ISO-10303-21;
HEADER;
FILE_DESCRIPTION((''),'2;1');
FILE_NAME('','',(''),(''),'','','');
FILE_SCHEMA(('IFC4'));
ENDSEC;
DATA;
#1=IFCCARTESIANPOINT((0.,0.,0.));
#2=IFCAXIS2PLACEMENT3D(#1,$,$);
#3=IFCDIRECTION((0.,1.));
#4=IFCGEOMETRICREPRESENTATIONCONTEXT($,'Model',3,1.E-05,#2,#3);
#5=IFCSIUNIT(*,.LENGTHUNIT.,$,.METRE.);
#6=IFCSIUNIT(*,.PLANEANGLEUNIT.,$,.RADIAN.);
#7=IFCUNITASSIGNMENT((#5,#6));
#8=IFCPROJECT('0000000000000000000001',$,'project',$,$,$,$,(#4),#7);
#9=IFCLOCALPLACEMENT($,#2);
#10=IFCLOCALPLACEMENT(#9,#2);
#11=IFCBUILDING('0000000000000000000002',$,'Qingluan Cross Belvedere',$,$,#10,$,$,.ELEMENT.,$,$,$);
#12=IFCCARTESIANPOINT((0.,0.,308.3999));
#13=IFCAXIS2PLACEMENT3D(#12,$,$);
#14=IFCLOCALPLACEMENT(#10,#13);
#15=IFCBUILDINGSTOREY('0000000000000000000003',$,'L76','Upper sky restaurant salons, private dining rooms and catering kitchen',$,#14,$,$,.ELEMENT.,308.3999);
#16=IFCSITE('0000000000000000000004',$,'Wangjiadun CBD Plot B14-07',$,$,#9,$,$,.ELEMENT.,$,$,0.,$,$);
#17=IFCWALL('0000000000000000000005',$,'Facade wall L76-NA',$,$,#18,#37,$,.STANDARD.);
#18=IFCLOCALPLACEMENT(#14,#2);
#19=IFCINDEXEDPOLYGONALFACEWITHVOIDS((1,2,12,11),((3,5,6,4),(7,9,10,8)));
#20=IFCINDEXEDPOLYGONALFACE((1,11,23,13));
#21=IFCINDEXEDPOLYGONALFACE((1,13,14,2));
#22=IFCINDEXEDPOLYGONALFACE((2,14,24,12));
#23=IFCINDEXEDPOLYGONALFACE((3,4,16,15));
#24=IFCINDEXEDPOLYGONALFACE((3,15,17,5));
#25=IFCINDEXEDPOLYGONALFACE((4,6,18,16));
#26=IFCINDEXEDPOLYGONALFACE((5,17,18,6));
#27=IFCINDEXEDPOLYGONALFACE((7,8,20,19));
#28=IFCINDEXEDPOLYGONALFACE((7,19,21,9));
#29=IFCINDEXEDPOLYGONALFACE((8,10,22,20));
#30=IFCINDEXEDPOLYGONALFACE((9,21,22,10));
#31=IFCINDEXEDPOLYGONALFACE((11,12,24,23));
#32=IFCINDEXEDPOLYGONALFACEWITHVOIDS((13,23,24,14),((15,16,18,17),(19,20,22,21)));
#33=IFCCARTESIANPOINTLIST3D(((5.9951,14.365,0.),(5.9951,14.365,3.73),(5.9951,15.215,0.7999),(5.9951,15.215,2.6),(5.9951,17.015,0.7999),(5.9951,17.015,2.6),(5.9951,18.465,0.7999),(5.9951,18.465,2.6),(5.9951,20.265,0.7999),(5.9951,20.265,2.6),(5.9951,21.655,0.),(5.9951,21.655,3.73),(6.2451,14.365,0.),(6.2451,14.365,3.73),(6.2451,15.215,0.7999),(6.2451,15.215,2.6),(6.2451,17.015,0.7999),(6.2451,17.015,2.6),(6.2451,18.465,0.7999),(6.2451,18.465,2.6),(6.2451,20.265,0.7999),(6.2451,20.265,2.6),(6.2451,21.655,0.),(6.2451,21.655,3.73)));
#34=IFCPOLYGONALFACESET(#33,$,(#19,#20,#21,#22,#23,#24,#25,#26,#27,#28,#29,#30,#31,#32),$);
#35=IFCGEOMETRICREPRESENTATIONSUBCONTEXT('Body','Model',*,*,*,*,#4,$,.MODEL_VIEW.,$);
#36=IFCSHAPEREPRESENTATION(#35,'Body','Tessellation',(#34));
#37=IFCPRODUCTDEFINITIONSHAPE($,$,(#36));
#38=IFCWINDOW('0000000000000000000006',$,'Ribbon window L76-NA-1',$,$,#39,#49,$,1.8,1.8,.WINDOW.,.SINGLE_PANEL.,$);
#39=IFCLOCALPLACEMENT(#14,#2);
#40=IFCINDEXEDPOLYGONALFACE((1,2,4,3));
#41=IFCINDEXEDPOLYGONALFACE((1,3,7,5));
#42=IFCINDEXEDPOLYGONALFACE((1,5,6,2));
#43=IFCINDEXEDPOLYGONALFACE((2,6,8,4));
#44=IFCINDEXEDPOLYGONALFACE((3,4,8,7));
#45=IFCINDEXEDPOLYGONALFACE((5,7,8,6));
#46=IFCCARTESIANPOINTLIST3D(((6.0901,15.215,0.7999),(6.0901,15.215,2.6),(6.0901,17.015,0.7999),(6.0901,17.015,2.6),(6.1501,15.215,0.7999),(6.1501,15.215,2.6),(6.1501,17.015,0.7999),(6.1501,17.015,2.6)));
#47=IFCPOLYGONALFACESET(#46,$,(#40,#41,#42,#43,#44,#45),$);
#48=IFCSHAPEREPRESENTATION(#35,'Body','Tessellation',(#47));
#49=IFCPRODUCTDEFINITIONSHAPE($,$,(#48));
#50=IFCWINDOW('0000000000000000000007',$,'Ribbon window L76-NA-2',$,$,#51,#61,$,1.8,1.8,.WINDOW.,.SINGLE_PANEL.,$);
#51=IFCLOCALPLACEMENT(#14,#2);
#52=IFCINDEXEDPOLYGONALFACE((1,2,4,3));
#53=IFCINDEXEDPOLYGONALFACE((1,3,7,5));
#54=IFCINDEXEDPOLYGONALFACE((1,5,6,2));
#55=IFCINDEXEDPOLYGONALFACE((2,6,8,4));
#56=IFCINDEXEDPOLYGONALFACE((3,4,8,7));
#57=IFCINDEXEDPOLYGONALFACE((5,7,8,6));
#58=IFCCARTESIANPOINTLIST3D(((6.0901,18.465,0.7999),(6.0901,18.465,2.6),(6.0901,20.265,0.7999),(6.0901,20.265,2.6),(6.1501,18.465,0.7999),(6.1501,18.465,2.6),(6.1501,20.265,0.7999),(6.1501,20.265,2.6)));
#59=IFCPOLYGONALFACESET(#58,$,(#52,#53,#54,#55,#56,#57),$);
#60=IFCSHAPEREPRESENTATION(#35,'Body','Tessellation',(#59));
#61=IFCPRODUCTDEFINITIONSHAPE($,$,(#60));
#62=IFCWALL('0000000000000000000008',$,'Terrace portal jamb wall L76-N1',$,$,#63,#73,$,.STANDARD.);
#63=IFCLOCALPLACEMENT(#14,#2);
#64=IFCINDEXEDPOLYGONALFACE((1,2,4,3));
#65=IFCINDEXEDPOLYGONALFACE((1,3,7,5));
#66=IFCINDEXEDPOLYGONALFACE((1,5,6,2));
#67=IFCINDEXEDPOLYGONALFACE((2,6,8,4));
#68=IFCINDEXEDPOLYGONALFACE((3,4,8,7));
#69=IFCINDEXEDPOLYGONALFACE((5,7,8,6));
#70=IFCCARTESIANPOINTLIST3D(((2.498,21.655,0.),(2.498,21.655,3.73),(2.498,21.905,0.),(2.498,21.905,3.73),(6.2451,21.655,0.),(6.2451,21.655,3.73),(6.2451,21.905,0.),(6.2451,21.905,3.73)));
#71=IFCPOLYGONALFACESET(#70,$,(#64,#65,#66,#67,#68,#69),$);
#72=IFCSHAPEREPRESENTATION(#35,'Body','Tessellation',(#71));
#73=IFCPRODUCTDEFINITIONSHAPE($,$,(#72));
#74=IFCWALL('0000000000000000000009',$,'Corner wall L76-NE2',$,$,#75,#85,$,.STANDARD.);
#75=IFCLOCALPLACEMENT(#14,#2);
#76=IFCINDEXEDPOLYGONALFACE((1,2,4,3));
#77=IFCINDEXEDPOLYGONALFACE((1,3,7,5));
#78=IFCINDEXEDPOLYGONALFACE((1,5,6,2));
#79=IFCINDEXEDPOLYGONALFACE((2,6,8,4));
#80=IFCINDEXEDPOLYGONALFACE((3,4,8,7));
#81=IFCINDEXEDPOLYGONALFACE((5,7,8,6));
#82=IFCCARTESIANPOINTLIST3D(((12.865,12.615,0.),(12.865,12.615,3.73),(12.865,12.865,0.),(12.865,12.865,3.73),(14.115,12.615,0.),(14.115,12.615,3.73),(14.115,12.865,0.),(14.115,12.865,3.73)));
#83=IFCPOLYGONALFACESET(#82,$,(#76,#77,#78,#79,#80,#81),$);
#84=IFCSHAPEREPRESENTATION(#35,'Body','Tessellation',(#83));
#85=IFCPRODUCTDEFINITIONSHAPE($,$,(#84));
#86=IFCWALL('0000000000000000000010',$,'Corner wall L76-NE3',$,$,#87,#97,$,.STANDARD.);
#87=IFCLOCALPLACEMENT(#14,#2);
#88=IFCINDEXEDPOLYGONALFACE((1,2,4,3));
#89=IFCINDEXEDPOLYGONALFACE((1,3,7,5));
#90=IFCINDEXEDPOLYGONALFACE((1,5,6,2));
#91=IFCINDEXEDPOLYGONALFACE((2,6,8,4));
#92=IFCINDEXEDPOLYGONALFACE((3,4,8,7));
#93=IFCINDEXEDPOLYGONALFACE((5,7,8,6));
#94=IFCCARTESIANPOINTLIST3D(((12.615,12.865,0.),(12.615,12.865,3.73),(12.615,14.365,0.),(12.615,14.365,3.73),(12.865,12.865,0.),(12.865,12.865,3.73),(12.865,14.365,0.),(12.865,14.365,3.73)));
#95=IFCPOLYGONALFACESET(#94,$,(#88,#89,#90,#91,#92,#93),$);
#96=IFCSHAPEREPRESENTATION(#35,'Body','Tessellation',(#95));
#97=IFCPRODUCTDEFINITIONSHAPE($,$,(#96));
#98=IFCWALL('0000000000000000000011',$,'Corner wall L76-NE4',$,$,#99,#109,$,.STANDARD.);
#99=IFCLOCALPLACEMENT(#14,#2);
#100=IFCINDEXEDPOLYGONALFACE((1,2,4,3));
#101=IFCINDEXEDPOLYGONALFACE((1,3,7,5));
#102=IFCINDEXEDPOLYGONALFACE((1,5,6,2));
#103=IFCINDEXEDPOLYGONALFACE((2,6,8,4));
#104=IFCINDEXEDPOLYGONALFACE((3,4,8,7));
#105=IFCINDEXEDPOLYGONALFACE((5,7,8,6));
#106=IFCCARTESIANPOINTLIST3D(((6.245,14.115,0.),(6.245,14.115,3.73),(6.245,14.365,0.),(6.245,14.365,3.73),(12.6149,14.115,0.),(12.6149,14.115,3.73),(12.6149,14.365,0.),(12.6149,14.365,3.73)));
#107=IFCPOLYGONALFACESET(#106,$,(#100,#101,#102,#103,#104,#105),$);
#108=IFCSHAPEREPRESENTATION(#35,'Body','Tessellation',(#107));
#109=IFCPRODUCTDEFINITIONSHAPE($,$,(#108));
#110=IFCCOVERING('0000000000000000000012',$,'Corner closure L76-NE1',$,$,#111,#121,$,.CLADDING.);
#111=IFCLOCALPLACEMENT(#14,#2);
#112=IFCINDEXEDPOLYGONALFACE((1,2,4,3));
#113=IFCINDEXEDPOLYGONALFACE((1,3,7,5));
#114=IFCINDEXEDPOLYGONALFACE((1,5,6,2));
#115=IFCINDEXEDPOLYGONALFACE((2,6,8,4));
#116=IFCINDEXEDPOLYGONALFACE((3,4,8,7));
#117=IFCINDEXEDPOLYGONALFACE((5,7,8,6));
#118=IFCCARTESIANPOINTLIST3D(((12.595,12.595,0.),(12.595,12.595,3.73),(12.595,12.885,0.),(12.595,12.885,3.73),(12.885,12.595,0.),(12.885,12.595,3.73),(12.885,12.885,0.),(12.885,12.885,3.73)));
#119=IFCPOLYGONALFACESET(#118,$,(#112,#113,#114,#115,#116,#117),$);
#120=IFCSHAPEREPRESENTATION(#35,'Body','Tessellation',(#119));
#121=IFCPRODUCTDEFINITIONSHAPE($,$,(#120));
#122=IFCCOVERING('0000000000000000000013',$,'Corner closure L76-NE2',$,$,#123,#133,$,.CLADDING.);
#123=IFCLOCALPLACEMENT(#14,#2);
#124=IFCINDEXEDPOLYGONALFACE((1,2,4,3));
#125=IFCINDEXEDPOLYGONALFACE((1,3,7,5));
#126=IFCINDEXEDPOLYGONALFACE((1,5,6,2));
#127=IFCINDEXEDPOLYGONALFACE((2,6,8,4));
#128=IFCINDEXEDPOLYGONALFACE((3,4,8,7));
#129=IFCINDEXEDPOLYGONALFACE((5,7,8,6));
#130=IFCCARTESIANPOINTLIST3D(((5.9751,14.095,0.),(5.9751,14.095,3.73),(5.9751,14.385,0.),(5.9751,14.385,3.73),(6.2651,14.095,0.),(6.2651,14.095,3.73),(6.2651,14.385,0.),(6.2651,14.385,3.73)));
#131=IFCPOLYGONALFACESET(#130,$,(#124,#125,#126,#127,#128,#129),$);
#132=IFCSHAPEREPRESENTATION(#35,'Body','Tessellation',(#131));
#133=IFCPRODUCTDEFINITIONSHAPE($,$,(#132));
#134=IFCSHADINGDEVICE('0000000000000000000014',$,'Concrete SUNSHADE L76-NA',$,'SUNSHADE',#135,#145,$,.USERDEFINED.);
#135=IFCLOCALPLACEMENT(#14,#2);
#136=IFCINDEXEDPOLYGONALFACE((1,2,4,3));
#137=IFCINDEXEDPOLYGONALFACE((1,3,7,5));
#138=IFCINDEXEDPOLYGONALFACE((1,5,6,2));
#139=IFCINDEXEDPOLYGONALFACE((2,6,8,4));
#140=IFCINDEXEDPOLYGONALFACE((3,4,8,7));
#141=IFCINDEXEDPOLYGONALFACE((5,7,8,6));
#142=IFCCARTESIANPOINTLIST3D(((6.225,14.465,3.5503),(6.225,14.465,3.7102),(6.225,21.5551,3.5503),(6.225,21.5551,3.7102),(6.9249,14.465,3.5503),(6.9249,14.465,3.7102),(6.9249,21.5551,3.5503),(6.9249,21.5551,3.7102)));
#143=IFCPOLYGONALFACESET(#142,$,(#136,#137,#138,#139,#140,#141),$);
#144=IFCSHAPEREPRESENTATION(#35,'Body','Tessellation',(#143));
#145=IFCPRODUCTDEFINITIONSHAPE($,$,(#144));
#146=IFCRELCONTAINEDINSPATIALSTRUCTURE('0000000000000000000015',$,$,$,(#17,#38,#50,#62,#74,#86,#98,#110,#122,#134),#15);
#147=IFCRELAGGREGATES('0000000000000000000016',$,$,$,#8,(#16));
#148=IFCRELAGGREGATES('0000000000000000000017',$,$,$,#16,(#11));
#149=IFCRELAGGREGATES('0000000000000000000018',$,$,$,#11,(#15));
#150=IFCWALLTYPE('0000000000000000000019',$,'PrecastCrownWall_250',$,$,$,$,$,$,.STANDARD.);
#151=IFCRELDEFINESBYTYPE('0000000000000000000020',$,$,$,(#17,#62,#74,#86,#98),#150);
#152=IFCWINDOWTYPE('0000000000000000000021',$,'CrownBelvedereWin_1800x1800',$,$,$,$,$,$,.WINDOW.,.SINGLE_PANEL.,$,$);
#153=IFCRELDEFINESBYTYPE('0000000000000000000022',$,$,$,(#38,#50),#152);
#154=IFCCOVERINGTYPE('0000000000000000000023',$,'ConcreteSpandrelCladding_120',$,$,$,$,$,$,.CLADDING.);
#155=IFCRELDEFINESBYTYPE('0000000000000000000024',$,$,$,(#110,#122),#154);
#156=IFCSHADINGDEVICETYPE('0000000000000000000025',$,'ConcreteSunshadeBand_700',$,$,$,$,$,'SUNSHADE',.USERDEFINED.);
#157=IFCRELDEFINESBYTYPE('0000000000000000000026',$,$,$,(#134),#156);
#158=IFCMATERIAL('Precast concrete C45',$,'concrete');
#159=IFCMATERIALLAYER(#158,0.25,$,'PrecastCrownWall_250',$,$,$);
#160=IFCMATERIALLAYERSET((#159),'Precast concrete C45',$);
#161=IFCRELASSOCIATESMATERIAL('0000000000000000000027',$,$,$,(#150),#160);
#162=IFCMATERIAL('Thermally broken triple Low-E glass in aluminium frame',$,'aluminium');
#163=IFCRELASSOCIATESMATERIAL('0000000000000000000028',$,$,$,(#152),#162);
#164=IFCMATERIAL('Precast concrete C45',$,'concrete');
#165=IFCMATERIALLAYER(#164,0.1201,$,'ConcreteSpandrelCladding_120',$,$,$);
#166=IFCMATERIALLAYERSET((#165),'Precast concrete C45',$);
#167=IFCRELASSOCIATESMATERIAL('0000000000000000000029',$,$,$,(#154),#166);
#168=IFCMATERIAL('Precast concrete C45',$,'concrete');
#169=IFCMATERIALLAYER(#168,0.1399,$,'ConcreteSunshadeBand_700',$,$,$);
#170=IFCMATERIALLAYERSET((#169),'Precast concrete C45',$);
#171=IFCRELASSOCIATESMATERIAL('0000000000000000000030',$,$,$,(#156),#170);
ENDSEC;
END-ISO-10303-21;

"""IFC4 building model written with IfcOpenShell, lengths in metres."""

from ifc_helpers import new_model, si_unit, direction, frame, frame_2d, origin, origin_2d, place, context, subcontext, project, spatial, rectangle, extrude, material, layer, layer_set, type_object, element, fill, save


model = new_model("IFC4")

# Units and contexts
model_context = context("Model", 3, precision=1e-05, world=origin(), true_north=direction((0.0, 1.0)))
body_context = subcontext(model_context, "Body", "Model", "MODEL_VIEW")
ifc_project = project(units=[si_unit("LENGTHUNIT", "METRE"), si_unit("PLANEANGLEUNIT", "RADIAN")], contexts=[model_context])

# Site, building, storey
site_placement = place(None, origin())
site = spatial("IfcSite", under=ifc_project, at=site_placement, Name="Wangjiadun CBD Plot B14-07", CompositionType="ELEMENT", RefElevation=0.0)
building_placement = place(site_placement, origin())
building = spatial("IfcBuilding", under=site, at=building_placement, Name="Qingluan Cross Belvedere", CompositionType="ELEMENT")
storey_placement = place(building_placement, frame((0.0, 0.0, 308.3999)))
storey = spatial("IfcBuildingStorey", under=building, at=storey_placement, Name="L76", Description="Upper sky restaurant salons, private dining rooms and catering kitchen", CompositionType="ELEMENT", Elevation=308.3999)

# Wall, openings, windows
ifc_material_1 = material(Name="Precast concrete C45", Category="concrete")
ifc_layer_1 = layer(ifc_material_1, 0.25, Name="PrecastCrownWall_250")
ifc_layer_set_1 = layer_set([ifc_layer_1], Name="Precast concrete C45")
wall_type_1 = type_object("IfcWallType", Name="PrecastCrownWall_250", PredefinedType="STANDARD", material=ifc_layer_set_1)
wall_1_placement = place(storey_placement, frame((6.1201, 14.365, 0.0), z_axis=(0.0, 0.0, 1.0), x_axis=(0.0, 1.0, 0.0)))
wall_1 = element("IfcWall", 1, at=wall_1_placement, inside=storey, type_object=wall_type_1, Name="Facade wall L76-NA", PredefinedType="STANDARD", context=body_context, shape_type="SweptSolid", body=[
    extrude(rectangle(XDim=7.29, YDim=0.25, at=frame_2d((3.645, 0.0))), origin(), (0.0, 0.0, 1.0), 3.73),
])
opening_1_placement = place(wall_1_placement, frame((0.8501, 0.0, 0.8)))
opening_1 = element("IfcOpeningElement", 2, at=opening_1_placement, cuts=wall_1, PredefinedType="OPENING", context=body_context, shape_type="SweptSolid", body=[
    extrude(rectangle(XDim=1.8, YDim=1.8, at=frame_2d((0.8999, 0.8999))), frame((0.0, 0.135, 0.0), z_axis=(0.0, -1.0, 0.0), x_axis=(1.0, 0.0, 0.0)), (0.0, 0.0, 1.0), 0.27),
])
opening_2_placement = place(wall_1_placement, frame((4.1001, 0.0, 0.8)))
opening_2 = element("IfcOpeningElement", 3, at=opening_2_placement, cuts=wall_1, PredefinedType="OPENING", context=body_context, shape_type="SweptSolid", body=[
    extrude(rectangle(XDim=1.8, YDim=1.8, at=frame_2d((0.8999, 0.8999))), frame((0.0, 0.135, 0.0), z_axis=(0.0, -1.0, 0.0), x_axis=(1.0, 0.0, 0.0)), (0.0, 0.0, 1.0), 0.27),
])
ifc_material_2 = material(Name="Thermally broken triple Low-E glass in aluminium frame", Category="aluminium")
window_type = type_object("IfcWindowType", Name="CrownBelvedereWin_1800x1800", PartitioningType="SINGLE_PANEL", PredefinedType="WINDOW", material=ifc_material_2)
window_1_placement = place(opening_1_placement, origin())
window_1 = element("IfcWindow", 4, at=window_1_placement, inside=storey, type_object=window_type, Name="Ribbon window L76-NA-1", OverallHeight=1.8, OverallWidth=1.8, PartitioningType="SINGLE_PANEL", PredefinedType="WINDOW", context=body_context, shape_type="SweptSolid", body=[
    extrude(rectangle(XDim=1.8, YDim=1.8, at=frame_2d((0.8999, 0.8999))), frame((0.0, 0.03, 0.0), z_axis=(0.0, -1.0, 0.0), x_axis=(1.0, 0.0, 0.0)), (0.0, 0.0, 1.0), 0.0601),
])
fill(opening_1, window_1)
window_2_placement = place(opening_2_placement, origin())
window_2 = element("IfcWindow", 5, at=window_2_placement, inside=storey, type_object=window_type, Name="Ribbon window L76-NA-2", OverallHeight=1.8, OverallWidth=1.8, PartitioningType="SINGLE_PANEL", PredefinedType="WINDOW", context=body_context, shape_type="SweptSolid", body=[
    extrude(rectangle(XDim=1.8, YDim=1.8, at=frame_2d((0.8999, 0.8999))), frame((0.0, 0.03, 0.0), z_axis=(0.0, -1.0, 0.0), x_axis=(1.0, 0.0, 0.0)), (0.0, 0.0, 1.0), 0.0601),
])
fill(opening_2, window_2)

# Walls
wall_2_placement = place(storey_placement, frame((6.2451, 21.78, 0.0), z_axis=(0.0, 0.0, 1.0), x_axis=(-1.0, 0.0, 0.0)))
element("IfcWall", 6, at=wall_2_placement, inside=storey, type_object=wall_type_1, Name="Terrace portal jamb wall L76-N1", PredefinedType="STANDARD", context=body_context, shape_type="SweptSolid", body=[
    extrude(rectangle(XDim=3.7471, YDim=0.25, at=frame_2d((1.8735, 0.0))), origin(), (0.0, 0.0, 1.0), 3.73),
])
wall_3_placement = place(storey_placement, frame((14.115, 12.74, 0.0), z_axis=(0.0, 0.0, 1.0), x_axis=(-1.0, 0.0, 0.0)))
element("IfcWall", 7, at=wall_3_placement, inside=storey, type_object=wall_type_1, Name="Corner wall L76-NE2", PredefinedType="STANDARD", context=body_context, shape_type="SweptSolid", body=[
    extrude(rectangle(XDim=1.25, YDim=0.25, at=frame_2d((0.625, 0.0))), origin(), (0.0, 0.0, 1.0), 3.73),
])
wall_4_placement = place(storey_placement, frame((12.74, 12.865, 0.0), z_axis=(0.0, 0.0, 1.0), x_axis=(0.0, 1.0, 0.0)))
element("IfcWall", 8, at=wall_4_placement, inside=storey, type_object=wall_type_1, Name="Corner wall L76-NE3", PredefinedType="STANDARD", context=body_context, shape_type="SweptSolid", body=[
    extrude(rectangle(XDim=1.5, YDim=0.25, at=frame_2d((0.75, 0.0))), origin(), (0.0, 0.0, 1.0), 3.73),
])
wall_5_placement = place(storey_placement, frame((12.615, 14.24, 0.0), z_axis=(0.0, 0.0, 1.0), x_axis=(-1.0, 0.0, 0.0)))
element("IfcWall", 9, at=wall_5_placement, inside=storey, type_object=wall_type_1, Name="Corner wall L76-NE4", PredefinedType="STANDARD", context=body_context, shape_type="SweptSolid", body=[
    extrude(rectangle(XDim=6.3699, YDim=0.25, at=frame_2d((3.1851, 0.0))), origin(), (0.0, 0.0, 1.0), 3.73),
])

# Coverings
ifc_material_3 = material(Name="Precast concrete C45", Category="concrete")
ifc_layer_2 = layer(ifc_material_3, 0.1201, Name="ConcreteSpandrelCladding_120")
ifc_layer_set_2 = layer_set([ifc_layer_2], Name="Precast concrete C45")
covering_type = type_object("IfcCoveringType", Name="ConcreteSpandrelCladding_120", PredefinedType="CLADDING", material=ifc_layer_set_2)
for number, where, z_axis, x_axis, name in (
    (10, (12.74, 12.74, 0.0), (0.0, 0.0, 1.0), (1.0, 0.0, 0.0), "Corner closure L76-NE1"),
    (11, (6.1201, 14.24, 0.0), (0.0, 0.0, 1.0), (1.0, 0.0, 0.0), "Corner closure L76-NE2"),
):
    element("IfcCovering", number, at=place(storey_placement, frame(where, z_axis=z_axis, x_axis=x_axis)), inside=storey, type_object=covering_type, Name=name, PredefinedType="CLADDING", context=body_context, shape_type="SweptSolid", body=[
        extrude(rectangle(XDim=0.29, YDim=0.29, at=origin_2d()), origin(), (0.0, 0.0, 1.0), 3.73),
    ])

# Shading device
ifc_material_4 = material(Name="Precast concrete C45", Category="concrete")
ifc_layer_3 = layer(ifc_material_4, 0.1399, Name="ConcreteSunshadeBand_700")
ifc_layer_set_3 = layer_set([ifc_layer_3], Name="Precast concrete C45")
shading_device_type = type_object("IfcShadingDeviceType", Name="ConcreteSunshadeBand_700", ElementType="SUNSHADE", PredefinedType="USERDEFINED", material=ifc_layer_set_3)
shading_device_placement = place(storey_placement, frame((6.575, 18.01, 3.5503), z_axis=(0.0, 0.0, 1.0), x_axis=(0.0, 1.0, 0.0)))
element("IfcShadingDevice", 12, at=shading_device_placement, inside=storey, type_object=shading_device_type, Name="Concrete SUNSHADE L76-NA", ObjectType="SUNSHADE", PredefinedType="USERDEFINED", context=body_context, shape_type="SweptSolid", body=[
    extrude(rectangle(XDim=7.0901, YDim=0.7, at=origin_2d()), origin(), (0.0, 0.0, 1.0), 0.1599),
])

save(model, "model.ifc")
